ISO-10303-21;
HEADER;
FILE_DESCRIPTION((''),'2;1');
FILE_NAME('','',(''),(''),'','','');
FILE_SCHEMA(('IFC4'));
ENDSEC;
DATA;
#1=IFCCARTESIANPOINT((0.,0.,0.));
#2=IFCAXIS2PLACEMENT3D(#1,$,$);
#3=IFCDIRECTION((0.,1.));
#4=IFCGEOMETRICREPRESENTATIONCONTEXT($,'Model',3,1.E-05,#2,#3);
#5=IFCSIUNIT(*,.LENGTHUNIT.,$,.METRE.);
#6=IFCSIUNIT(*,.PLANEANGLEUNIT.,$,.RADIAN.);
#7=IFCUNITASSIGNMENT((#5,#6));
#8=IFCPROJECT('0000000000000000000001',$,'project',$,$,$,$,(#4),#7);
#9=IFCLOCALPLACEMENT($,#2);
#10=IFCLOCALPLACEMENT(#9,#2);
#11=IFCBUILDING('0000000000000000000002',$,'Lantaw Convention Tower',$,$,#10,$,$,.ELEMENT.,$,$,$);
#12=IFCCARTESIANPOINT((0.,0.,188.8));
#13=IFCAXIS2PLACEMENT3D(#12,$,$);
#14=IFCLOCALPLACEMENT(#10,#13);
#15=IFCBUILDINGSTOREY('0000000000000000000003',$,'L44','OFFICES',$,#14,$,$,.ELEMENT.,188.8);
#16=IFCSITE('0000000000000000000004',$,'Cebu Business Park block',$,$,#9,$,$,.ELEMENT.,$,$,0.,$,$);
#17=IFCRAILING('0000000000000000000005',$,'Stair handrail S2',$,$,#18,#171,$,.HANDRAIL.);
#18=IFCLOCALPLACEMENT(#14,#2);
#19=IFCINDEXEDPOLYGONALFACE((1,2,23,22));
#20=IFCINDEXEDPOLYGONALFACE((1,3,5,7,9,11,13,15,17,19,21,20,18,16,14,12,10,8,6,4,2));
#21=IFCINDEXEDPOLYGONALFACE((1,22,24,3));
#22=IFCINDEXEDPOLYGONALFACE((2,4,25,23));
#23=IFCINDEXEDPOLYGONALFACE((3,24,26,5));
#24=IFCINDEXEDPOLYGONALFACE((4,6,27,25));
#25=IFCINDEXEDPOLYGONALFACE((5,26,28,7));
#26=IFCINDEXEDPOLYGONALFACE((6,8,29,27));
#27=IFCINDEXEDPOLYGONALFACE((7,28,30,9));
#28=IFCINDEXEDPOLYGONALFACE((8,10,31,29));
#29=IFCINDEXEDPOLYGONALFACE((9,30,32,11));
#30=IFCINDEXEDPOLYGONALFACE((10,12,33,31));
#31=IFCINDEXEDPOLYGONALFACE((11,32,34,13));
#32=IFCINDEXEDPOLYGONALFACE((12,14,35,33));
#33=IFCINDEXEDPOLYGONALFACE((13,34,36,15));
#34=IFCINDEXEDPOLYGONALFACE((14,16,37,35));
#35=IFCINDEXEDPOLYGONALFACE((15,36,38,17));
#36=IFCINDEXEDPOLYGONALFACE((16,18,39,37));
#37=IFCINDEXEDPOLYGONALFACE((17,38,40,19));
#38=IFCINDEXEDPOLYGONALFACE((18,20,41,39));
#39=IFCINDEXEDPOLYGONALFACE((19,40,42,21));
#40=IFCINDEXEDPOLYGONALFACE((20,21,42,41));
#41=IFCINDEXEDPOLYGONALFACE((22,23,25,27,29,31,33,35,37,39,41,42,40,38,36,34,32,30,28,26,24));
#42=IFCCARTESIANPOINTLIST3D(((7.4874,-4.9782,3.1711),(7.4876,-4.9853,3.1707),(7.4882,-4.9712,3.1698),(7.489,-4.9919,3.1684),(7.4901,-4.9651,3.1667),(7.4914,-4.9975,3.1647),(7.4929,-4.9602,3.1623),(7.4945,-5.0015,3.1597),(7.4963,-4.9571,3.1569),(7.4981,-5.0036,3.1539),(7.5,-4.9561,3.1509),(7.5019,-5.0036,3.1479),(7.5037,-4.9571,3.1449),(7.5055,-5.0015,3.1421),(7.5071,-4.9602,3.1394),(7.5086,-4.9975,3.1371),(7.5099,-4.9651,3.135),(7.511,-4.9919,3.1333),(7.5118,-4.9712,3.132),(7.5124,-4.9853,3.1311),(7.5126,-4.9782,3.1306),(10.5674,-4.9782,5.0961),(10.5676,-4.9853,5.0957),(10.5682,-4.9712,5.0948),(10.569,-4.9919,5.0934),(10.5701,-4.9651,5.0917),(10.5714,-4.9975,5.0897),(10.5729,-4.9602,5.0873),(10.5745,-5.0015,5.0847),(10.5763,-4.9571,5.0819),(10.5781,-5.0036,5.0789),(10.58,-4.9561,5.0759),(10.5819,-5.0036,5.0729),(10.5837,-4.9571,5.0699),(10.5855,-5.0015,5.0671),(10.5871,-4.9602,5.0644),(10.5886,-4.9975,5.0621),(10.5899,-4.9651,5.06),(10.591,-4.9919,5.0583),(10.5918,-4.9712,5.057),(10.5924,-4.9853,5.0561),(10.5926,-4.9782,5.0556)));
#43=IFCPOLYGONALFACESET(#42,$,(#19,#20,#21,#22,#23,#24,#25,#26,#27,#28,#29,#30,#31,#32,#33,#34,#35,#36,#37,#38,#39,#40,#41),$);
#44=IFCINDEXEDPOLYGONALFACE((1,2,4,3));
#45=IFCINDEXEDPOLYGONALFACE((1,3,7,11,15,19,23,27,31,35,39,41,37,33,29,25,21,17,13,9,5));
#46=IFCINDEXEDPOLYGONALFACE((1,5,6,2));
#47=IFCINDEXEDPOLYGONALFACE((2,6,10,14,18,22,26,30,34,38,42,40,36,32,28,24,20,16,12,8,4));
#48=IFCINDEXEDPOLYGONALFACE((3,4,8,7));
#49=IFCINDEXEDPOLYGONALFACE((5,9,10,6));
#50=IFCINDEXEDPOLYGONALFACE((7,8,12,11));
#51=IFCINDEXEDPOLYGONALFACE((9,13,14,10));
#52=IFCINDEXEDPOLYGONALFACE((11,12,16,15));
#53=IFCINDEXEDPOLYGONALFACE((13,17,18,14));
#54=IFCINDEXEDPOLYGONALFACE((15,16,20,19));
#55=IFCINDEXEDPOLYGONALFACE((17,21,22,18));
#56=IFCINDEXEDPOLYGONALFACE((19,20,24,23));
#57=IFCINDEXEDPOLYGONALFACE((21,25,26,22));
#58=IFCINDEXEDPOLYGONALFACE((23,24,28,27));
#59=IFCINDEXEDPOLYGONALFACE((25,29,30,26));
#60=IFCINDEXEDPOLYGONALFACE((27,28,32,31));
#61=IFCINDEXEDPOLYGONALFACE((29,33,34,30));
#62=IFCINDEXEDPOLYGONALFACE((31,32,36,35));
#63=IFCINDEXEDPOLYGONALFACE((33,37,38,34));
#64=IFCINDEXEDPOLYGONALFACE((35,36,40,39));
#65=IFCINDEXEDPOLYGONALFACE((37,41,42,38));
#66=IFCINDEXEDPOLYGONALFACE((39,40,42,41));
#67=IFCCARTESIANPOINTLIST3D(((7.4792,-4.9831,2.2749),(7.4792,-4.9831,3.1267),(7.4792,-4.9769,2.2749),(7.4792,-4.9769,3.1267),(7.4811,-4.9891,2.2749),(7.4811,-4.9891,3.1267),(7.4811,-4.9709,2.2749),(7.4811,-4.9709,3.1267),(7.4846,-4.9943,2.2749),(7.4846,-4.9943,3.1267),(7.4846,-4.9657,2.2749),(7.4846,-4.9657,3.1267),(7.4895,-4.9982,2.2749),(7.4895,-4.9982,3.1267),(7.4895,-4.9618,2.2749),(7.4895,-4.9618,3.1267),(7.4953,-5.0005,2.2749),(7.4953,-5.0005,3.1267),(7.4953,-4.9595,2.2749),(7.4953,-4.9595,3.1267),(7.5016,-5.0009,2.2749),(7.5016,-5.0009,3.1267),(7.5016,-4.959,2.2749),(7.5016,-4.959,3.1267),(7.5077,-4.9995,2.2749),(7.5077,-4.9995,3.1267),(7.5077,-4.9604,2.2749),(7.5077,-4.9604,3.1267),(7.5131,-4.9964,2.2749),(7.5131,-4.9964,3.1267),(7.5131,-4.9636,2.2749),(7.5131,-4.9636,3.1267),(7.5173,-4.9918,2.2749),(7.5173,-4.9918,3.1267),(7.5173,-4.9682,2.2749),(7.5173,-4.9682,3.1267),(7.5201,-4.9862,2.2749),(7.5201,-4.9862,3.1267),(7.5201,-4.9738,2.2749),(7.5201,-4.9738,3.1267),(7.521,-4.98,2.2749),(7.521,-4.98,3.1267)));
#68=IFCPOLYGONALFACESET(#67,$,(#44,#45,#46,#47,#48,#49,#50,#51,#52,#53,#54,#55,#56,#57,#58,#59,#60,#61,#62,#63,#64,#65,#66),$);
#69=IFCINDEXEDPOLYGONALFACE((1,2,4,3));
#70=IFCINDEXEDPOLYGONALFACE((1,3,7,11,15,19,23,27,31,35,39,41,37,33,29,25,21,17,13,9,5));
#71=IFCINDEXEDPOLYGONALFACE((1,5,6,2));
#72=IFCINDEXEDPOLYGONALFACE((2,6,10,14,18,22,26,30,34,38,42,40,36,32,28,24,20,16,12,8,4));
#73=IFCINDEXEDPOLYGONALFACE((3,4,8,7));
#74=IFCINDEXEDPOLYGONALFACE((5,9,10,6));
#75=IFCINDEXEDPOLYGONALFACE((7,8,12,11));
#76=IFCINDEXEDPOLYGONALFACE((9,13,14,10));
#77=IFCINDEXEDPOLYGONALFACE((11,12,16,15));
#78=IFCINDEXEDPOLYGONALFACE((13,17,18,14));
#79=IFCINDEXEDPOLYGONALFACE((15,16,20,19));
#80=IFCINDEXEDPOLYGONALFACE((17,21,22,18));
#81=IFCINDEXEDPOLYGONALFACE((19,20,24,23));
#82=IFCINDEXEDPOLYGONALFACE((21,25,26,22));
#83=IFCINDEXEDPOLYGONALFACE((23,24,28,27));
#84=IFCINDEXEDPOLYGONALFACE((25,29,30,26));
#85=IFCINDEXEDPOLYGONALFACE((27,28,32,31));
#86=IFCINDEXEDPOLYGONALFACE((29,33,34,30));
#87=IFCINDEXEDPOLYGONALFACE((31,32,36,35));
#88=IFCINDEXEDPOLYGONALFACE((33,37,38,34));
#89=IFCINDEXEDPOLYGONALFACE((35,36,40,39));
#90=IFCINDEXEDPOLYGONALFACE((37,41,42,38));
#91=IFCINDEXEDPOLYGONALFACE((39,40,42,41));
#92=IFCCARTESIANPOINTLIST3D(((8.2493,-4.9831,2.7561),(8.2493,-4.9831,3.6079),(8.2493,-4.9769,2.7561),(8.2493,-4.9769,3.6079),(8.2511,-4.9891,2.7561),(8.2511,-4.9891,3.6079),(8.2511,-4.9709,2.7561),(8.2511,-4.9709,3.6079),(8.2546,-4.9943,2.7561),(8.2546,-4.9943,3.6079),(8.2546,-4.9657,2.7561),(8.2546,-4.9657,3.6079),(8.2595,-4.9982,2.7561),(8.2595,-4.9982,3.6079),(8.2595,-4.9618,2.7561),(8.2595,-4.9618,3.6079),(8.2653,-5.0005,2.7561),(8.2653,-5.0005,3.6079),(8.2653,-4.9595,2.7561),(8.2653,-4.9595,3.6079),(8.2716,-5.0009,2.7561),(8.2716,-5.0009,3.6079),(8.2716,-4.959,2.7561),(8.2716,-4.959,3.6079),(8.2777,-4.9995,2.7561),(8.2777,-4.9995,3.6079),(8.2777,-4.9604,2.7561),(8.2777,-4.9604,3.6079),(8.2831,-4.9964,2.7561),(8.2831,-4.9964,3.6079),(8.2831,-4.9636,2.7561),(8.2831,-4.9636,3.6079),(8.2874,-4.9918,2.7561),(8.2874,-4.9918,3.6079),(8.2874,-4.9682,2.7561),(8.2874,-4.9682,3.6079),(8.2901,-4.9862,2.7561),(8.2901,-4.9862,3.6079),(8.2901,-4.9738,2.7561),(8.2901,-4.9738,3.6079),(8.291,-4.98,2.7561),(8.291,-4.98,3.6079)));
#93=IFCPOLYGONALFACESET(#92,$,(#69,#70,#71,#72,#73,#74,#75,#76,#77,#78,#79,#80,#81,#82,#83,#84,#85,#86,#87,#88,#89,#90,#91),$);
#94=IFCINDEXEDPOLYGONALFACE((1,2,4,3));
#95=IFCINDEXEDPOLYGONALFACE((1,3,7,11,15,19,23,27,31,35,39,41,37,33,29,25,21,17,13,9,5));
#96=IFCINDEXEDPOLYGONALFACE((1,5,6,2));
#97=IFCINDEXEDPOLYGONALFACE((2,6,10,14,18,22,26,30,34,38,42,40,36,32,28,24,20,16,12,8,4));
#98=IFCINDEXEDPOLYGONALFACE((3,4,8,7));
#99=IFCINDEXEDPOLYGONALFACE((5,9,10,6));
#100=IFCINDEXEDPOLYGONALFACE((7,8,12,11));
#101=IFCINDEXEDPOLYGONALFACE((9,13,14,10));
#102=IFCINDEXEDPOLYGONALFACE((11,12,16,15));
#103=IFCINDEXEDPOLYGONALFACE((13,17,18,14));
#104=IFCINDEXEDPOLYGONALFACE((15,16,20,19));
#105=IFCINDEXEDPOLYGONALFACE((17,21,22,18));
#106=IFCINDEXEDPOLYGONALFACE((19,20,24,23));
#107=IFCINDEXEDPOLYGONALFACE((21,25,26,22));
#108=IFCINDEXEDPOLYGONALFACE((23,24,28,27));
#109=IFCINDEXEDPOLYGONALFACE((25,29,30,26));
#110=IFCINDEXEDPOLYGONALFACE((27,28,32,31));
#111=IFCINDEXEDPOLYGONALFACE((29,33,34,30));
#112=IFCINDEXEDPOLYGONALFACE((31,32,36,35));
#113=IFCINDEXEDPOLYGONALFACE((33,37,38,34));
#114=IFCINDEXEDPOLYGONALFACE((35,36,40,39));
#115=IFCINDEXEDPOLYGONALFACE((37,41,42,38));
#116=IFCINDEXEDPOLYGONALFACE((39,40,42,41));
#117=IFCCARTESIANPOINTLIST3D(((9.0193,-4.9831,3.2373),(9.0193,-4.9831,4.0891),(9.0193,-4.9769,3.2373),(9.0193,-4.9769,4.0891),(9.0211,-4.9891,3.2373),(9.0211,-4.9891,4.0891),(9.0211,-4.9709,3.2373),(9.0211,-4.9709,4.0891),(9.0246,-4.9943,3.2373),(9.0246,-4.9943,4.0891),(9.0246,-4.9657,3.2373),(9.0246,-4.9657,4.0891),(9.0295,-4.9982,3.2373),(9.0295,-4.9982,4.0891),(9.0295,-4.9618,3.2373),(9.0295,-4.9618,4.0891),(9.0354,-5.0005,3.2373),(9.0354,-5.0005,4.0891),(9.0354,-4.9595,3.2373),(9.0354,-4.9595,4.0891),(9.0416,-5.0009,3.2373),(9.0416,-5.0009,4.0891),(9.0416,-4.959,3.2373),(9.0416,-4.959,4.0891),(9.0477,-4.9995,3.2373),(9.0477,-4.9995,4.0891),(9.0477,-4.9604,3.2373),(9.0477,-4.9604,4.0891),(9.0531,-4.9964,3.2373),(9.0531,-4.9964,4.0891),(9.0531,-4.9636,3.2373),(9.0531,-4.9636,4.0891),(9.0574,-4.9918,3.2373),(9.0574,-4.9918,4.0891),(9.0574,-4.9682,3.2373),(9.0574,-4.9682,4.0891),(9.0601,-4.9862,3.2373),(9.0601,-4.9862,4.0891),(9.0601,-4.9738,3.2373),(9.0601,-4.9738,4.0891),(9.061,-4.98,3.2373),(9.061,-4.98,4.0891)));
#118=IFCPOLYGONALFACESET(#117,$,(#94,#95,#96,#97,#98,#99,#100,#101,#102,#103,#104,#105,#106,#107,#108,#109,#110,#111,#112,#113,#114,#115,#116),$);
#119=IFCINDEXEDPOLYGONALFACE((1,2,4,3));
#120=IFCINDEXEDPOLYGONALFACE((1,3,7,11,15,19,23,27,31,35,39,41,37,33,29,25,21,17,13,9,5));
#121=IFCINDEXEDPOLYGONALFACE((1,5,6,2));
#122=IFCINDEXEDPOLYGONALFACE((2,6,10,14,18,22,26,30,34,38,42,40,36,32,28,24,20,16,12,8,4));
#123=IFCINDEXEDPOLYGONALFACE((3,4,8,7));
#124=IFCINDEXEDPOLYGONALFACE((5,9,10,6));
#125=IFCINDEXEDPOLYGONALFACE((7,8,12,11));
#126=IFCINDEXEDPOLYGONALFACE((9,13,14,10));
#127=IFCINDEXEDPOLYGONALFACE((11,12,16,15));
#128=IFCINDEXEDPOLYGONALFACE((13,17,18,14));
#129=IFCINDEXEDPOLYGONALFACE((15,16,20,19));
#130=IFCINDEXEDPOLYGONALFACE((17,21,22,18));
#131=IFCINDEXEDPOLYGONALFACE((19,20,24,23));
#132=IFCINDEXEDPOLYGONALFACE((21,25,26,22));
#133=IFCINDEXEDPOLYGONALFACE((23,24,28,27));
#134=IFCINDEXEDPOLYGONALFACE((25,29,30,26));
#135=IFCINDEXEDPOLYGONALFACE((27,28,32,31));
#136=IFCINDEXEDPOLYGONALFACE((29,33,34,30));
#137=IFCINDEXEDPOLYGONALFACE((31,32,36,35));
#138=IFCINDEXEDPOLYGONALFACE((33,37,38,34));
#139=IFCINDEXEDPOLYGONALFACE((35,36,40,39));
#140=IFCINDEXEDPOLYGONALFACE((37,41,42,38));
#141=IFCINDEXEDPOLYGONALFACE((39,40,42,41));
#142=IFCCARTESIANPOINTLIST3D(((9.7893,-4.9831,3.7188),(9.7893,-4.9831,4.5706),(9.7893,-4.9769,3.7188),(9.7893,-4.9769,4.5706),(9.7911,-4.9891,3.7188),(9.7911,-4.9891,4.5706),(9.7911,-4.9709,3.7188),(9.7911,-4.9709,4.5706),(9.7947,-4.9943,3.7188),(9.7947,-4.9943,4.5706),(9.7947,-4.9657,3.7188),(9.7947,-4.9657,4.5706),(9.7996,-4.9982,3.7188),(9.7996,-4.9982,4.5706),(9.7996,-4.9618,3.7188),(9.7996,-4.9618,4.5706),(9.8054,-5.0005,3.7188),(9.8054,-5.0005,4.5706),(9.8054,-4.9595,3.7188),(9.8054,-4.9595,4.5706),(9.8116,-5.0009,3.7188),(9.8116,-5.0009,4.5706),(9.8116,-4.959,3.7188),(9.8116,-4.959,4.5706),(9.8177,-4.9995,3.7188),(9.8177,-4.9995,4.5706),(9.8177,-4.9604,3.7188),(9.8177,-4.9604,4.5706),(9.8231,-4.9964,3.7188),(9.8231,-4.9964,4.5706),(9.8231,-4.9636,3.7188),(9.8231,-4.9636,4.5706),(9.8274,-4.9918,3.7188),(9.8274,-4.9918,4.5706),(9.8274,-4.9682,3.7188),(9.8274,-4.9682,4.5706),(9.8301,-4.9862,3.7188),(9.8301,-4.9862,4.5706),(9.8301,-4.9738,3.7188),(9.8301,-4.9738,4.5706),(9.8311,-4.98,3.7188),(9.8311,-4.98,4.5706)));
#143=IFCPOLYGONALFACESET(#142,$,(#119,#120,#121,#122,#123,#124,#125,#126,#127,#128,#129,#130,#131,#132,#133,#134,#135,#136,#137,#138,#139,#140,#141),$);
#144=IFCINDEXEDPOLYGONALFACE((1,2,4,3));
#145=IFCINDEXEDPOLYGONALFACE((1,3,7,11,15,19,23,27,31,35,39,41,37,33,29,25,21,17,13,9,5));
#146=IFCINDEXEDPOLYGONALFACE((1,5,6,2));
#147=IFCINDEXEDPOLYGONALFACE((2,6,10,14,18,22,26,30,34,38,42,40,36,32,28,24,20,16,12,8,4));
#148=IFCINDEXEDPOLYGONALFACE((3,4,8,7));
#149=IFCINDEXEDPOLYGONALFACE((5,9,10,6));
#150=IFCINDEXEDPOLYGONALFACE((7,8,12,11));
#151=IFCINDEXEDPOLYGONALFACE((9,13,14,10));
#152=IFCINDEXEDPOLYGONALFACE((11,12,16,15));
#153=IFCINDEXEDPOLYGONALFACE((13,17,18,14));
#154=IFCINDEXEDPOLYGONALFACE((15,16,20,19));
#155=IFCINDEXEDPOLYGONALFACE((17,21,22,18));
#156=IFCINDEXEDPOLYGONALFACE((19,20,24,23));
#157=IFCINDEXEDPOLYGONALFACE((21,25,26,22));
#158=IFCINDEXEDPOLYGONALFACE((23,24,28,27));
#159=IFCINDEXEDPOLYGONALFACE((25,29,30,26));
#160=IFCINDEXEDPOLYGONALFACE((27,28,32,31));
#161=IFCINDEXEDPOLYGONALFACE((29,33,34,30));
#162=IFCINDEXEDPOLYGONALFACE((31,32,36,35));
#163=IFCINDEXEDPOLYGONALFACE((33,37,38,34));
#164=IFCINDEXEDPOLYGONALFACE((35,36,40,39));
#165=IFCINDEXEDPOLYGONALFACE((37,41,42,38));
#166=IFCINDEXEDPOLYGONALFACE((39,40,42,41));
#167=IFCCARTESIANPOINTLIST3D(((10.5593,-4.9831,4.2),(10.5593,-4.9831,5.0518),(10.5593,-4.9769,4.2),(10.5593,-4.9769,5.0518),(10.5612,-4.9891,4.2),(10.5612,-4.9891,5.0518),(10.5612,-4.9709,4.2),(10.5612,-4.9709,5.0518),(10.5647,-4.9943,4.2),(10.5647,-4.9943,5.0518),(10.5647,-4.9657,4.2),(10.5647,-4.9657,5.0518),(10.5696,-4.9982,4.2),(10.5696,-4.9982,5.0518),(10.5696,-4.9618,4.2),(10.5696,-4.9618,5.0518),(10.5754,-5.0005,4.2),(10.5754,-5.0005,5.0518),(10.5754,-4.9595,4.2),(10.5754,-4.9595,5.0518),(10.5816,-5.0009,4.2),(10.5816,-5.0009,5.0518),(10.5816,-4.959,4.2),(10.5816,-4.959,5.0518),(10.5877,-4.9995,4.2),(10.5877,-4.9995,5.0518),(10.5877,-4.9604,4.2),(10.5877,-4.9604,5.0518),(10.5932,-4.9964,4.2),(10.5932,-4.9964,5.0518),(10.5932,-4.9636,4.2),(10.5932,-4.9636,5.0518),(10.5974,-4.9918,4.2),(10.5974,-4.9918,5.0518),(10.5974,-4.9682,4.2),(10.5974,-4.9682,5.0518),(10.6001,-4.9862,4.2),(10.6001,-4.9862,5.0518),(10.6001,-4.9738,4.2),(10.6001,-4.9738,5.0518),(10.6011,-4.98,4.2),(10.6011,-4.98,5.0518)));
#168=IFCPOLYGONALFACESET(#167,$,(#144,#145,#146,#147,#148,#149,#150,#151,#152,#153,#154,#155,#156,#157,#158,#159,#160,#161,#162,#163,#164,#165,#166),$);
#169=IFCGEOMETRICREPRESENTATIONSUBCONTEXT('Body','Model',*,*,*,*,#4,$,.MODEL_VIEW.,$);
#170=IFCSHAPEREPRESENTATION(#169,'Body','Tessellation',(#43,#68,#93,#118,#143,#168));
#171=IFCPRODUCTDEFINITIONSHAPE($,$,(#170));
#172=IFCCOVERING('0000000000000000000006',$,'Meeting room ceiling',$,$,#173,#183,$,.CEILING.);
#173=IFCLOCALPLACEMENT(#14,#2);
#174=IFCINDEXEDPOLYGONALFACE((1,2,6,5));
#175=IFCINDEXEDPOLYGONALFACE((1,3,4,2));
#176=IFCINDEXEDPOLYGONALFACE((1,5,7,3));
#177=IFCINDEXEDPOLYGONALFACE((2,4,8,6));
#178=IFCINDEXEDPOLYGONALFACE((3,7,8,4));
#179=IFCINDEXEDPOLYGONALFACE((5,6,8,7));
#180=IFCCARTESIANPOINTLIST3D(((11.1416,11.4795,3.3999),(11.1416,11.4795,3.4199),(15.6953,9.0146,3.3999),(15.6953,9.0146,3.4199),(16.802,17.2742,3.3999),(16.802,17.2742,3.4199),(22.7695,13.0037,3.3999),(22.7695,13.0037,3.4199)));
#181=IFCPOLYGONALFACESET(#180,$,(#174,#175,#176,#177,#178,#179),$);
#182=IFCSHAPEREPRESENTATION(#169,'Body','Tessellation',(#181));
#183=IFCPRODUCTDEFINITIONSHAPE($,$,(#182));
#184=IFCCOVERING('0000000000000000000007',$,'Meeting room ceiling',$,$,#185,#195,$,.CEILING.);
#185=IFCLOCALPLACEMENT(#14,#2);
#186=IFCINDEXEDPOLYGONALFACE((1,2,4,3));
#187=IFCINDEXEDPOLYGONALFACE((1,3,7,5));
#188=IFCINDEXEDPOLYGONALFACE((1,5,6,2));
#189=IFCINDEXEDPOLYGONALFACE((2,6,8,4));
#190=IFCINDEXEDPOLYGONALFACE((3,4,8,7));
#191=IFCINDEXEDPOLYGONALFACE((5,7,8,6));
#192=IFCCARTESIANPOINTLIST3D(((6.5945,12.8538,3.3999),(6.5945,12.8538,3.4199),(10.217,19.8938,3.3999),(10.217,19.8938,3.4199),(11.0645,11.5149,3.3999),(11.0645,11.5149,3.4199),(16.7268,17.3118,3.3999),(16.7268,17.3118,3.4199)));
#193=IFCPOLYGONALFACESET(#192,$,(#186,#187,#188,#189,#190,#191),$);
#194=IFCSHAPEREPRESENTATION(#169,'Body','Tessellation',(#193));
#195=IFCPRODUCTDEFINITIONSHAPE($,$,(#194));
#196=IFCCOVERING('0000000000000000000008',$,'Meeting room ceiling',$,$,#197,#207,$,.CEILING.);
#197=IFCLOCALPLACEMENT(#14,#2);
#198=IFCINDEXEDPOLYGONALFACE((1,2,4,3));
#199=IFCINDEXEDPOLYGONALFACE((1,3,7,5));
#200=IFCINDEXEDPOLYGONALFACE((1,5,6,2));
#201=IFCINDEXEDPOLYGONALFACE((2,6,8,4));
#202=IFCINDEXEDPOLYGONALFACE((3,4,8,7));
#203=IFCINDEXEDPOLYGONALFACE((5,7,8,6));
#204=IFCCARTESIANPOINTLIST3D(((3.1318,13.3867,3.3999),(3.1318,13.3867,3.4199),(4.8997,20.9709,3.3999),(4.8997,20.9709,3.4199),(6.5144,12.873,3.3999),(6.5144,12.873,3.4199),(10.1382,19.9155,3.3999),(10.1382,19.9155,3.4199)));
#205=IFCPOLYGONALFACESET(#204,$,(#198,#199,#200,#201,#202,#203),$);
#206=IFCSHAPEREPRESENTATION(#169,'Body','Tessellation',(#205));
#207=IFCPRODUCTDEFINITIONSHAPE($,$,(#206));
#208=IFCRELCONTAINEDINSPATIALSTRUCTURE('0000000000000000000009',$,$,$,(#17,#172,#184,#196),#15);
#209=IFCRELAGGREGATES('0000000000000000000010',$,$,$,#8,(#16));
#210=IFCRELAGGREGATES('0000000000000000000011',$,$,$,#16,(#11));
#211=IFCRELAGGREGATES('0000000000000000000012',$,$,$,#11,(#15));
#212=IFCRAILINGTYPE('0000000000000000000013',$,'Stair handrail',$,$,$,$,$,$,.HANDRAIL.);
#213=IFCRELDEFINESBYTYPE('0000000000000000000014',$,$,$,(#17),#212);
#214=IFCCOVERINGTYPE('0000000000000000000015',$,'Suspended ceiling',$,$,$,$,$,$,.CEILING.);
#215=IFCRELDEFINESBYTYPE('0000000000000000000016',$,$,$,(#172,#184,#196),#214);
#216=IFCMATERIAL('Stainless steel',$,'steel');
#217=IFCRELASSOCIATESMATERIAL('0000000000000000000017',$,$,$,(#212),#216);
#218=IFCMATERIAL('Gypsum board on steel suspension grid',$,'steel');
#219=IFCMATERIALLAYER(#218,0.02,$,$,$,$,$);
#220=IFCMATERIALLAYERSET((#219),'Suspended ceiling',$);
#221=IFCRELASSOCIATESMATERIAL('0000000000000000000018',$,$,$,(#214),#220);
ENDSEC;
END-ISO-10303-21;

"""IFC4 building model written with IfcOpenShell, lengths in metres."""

from ifc_helpers import new_model, si_unit, direction, frame, origin, origin_2d, place, context, subcontext, project, spatial, polyline, circle, outline, extrude, material, layer, layer_set, type_object, element, save


model = new_model("IFC4")

# Units and contexts
model_context = context("Model", 3, precision=1e-05, world=origin(), true_north=direction((0.0, 1.0)))
body_context = subcontext(model_context, "Body", "Model", "MODEL_VIEW")
ifc_project = project(units=[si_unit("LENGTHUNIT", "METRE"), si_unit("PLANEANGLEUNIT", "RADIAN")], contexts=[model_context])

# Site, building, storey
site_placement = place(None, origin())
site = spatial("IfcSite", under=ifc_project, at=site_placement, Name="Cebu Business Park block", CompositionType="ELEMENT", RefElevation=0.0)
building_placement = place(site_placement, origin())
building = spatial("IfcBuilding", under=site, at=building_placement, Name="Lantaw Convention Tower", CompositionType="ELEMENT")
storey_placement = place(building_placement, frame((0.0, 0.0, 188.8)))
storey = spatial("IfcBuildingStorey", under=building, at=storey_placement, Name="L44", Description="OFFICES", CompositionType="ELEMENT", Elevation=188.8)

# Railing
ifc_material_1 = material(Name="Stainless steel", Category="steel")
railing_type = type_object("IfcRailingType", Name="Stair handrail", PredefinedType="HANDRAIL", material=ifc_material_1)
railing_1_placement = place(storey_placement, frame((7.5, -4.98, 2.2749)))
element("IfcRailing", 1, at=railing_1_placement, inside=storey, type_object=railing_type, Name="Stair handrail S2", PredefinedType="HANDRAIL", context=body_context, shape_type="SweptSolid", body=[
    extrude(circle(Radius=0.0239, at=origin_2d()), frame((0.0, 0.0, 0.876), z_axis=(0.847998, 0.0, 0.529999), x_axis=(0.0, 1.0, 0.0)), (0.0, 0.0, 1.0), 3.6321),
    extrude(circle(Radius=0.021, at=origin_2d()), origin(), (0.0, 0.0, 1.0), 0.8518),
    extrude(circle(Radius=0.021, at=origin_2d()), frame((0.77, 0.0, 0.4812)), (0.0, 0.0, 1.0), 0.8518),
    extrude(circle(Radius=0.021, at=origin_2d()), frame((1.54, 0.0, 0.9624)), (0.0, 0.0, 1.0), 0.8518),
    extrude(circle(Radius=0.021, at=origin_2d()), frame((2.3101, 0.0, 1.4438)), (0.0, 0.0, 1.0), 0.8518),
    extrude(circle(Radius=0.021, at=origin_2d()), frame((3.0801, 0.0, 1.925)), (0.0, 0.0, 1.0), 0.8518),
])

# Coverings
ifc_material_2 = material(Name="Gypsum board on steel suspension grid", Category="steel")
ifc_layer_1 = layer(ifc_material_2, 0.02)
ifc_layer_set_1 = layer_set([ifc_layer_1], Name="Suspended ceiling")
covering_type = type_object("IfcCoveringType", Name="Suspended ceiling", PredefinedType="CEILING", material=ifc_layer_set_1)
covering_1_placement = place(storey_placement, frame((0.0, 0.0, 3.3999)))
element("IfcCovering", 2, at=covering_1_placement, inside=storey, type_object=covering_type, Name="Meeting room ceiling", PredefinedType="CEILING", context=body_context, shape_type="SweptSolid", body=[
    extrude(outline(polyline([(15.6953, 9.0146), (22.7695, 13.0037), (16.802, 17.2742), (11.1416, 11.4795), (15.6953, 9.0146)])), origin(), (0.0, 0.0, 1.0), 0.02),
])
covering_2_placement = place(storey_placement, frame((0.0, 0.0, 3.3999)))
element("IfcCovering", 3, at=covering_2_placement, inside=storey, type_object=covering_type, Name="Meeting room ceiling", PredefinedType="CEILING", context=body_context, shape_type="SweptSolid", body=[
    extrude(outline(polyline([(11.0645, 11.5149), (16.7268, 17.3118), (10.217, 19.8938), (6.5945, 12.8538), (11.0645, 11.5149)])), origin(), (0.0, 0.0, 1.0), 0.02),
])
covering_3_placement = place(storey_placement, frame((0.0, 0.0, 3.3999)))
element("IfcCovering", 4, at=covering_3_placement, inside=storey, type_object=covering_type, Name="Meeting room ceiling", PredefinedType="CEILING", context=body_context, shape_type="SweptSolid", body=[
    extrude(outline(polyline([(6.5144, 12.873), (10.1382, 19.9155), (4.8997, 20.9709), (3.1318, 13.3867), (6.5144, 12.873)])), origin(), (0.0, 0.0, 1.0), 0.02),
])

save(model, "model.ifc")
